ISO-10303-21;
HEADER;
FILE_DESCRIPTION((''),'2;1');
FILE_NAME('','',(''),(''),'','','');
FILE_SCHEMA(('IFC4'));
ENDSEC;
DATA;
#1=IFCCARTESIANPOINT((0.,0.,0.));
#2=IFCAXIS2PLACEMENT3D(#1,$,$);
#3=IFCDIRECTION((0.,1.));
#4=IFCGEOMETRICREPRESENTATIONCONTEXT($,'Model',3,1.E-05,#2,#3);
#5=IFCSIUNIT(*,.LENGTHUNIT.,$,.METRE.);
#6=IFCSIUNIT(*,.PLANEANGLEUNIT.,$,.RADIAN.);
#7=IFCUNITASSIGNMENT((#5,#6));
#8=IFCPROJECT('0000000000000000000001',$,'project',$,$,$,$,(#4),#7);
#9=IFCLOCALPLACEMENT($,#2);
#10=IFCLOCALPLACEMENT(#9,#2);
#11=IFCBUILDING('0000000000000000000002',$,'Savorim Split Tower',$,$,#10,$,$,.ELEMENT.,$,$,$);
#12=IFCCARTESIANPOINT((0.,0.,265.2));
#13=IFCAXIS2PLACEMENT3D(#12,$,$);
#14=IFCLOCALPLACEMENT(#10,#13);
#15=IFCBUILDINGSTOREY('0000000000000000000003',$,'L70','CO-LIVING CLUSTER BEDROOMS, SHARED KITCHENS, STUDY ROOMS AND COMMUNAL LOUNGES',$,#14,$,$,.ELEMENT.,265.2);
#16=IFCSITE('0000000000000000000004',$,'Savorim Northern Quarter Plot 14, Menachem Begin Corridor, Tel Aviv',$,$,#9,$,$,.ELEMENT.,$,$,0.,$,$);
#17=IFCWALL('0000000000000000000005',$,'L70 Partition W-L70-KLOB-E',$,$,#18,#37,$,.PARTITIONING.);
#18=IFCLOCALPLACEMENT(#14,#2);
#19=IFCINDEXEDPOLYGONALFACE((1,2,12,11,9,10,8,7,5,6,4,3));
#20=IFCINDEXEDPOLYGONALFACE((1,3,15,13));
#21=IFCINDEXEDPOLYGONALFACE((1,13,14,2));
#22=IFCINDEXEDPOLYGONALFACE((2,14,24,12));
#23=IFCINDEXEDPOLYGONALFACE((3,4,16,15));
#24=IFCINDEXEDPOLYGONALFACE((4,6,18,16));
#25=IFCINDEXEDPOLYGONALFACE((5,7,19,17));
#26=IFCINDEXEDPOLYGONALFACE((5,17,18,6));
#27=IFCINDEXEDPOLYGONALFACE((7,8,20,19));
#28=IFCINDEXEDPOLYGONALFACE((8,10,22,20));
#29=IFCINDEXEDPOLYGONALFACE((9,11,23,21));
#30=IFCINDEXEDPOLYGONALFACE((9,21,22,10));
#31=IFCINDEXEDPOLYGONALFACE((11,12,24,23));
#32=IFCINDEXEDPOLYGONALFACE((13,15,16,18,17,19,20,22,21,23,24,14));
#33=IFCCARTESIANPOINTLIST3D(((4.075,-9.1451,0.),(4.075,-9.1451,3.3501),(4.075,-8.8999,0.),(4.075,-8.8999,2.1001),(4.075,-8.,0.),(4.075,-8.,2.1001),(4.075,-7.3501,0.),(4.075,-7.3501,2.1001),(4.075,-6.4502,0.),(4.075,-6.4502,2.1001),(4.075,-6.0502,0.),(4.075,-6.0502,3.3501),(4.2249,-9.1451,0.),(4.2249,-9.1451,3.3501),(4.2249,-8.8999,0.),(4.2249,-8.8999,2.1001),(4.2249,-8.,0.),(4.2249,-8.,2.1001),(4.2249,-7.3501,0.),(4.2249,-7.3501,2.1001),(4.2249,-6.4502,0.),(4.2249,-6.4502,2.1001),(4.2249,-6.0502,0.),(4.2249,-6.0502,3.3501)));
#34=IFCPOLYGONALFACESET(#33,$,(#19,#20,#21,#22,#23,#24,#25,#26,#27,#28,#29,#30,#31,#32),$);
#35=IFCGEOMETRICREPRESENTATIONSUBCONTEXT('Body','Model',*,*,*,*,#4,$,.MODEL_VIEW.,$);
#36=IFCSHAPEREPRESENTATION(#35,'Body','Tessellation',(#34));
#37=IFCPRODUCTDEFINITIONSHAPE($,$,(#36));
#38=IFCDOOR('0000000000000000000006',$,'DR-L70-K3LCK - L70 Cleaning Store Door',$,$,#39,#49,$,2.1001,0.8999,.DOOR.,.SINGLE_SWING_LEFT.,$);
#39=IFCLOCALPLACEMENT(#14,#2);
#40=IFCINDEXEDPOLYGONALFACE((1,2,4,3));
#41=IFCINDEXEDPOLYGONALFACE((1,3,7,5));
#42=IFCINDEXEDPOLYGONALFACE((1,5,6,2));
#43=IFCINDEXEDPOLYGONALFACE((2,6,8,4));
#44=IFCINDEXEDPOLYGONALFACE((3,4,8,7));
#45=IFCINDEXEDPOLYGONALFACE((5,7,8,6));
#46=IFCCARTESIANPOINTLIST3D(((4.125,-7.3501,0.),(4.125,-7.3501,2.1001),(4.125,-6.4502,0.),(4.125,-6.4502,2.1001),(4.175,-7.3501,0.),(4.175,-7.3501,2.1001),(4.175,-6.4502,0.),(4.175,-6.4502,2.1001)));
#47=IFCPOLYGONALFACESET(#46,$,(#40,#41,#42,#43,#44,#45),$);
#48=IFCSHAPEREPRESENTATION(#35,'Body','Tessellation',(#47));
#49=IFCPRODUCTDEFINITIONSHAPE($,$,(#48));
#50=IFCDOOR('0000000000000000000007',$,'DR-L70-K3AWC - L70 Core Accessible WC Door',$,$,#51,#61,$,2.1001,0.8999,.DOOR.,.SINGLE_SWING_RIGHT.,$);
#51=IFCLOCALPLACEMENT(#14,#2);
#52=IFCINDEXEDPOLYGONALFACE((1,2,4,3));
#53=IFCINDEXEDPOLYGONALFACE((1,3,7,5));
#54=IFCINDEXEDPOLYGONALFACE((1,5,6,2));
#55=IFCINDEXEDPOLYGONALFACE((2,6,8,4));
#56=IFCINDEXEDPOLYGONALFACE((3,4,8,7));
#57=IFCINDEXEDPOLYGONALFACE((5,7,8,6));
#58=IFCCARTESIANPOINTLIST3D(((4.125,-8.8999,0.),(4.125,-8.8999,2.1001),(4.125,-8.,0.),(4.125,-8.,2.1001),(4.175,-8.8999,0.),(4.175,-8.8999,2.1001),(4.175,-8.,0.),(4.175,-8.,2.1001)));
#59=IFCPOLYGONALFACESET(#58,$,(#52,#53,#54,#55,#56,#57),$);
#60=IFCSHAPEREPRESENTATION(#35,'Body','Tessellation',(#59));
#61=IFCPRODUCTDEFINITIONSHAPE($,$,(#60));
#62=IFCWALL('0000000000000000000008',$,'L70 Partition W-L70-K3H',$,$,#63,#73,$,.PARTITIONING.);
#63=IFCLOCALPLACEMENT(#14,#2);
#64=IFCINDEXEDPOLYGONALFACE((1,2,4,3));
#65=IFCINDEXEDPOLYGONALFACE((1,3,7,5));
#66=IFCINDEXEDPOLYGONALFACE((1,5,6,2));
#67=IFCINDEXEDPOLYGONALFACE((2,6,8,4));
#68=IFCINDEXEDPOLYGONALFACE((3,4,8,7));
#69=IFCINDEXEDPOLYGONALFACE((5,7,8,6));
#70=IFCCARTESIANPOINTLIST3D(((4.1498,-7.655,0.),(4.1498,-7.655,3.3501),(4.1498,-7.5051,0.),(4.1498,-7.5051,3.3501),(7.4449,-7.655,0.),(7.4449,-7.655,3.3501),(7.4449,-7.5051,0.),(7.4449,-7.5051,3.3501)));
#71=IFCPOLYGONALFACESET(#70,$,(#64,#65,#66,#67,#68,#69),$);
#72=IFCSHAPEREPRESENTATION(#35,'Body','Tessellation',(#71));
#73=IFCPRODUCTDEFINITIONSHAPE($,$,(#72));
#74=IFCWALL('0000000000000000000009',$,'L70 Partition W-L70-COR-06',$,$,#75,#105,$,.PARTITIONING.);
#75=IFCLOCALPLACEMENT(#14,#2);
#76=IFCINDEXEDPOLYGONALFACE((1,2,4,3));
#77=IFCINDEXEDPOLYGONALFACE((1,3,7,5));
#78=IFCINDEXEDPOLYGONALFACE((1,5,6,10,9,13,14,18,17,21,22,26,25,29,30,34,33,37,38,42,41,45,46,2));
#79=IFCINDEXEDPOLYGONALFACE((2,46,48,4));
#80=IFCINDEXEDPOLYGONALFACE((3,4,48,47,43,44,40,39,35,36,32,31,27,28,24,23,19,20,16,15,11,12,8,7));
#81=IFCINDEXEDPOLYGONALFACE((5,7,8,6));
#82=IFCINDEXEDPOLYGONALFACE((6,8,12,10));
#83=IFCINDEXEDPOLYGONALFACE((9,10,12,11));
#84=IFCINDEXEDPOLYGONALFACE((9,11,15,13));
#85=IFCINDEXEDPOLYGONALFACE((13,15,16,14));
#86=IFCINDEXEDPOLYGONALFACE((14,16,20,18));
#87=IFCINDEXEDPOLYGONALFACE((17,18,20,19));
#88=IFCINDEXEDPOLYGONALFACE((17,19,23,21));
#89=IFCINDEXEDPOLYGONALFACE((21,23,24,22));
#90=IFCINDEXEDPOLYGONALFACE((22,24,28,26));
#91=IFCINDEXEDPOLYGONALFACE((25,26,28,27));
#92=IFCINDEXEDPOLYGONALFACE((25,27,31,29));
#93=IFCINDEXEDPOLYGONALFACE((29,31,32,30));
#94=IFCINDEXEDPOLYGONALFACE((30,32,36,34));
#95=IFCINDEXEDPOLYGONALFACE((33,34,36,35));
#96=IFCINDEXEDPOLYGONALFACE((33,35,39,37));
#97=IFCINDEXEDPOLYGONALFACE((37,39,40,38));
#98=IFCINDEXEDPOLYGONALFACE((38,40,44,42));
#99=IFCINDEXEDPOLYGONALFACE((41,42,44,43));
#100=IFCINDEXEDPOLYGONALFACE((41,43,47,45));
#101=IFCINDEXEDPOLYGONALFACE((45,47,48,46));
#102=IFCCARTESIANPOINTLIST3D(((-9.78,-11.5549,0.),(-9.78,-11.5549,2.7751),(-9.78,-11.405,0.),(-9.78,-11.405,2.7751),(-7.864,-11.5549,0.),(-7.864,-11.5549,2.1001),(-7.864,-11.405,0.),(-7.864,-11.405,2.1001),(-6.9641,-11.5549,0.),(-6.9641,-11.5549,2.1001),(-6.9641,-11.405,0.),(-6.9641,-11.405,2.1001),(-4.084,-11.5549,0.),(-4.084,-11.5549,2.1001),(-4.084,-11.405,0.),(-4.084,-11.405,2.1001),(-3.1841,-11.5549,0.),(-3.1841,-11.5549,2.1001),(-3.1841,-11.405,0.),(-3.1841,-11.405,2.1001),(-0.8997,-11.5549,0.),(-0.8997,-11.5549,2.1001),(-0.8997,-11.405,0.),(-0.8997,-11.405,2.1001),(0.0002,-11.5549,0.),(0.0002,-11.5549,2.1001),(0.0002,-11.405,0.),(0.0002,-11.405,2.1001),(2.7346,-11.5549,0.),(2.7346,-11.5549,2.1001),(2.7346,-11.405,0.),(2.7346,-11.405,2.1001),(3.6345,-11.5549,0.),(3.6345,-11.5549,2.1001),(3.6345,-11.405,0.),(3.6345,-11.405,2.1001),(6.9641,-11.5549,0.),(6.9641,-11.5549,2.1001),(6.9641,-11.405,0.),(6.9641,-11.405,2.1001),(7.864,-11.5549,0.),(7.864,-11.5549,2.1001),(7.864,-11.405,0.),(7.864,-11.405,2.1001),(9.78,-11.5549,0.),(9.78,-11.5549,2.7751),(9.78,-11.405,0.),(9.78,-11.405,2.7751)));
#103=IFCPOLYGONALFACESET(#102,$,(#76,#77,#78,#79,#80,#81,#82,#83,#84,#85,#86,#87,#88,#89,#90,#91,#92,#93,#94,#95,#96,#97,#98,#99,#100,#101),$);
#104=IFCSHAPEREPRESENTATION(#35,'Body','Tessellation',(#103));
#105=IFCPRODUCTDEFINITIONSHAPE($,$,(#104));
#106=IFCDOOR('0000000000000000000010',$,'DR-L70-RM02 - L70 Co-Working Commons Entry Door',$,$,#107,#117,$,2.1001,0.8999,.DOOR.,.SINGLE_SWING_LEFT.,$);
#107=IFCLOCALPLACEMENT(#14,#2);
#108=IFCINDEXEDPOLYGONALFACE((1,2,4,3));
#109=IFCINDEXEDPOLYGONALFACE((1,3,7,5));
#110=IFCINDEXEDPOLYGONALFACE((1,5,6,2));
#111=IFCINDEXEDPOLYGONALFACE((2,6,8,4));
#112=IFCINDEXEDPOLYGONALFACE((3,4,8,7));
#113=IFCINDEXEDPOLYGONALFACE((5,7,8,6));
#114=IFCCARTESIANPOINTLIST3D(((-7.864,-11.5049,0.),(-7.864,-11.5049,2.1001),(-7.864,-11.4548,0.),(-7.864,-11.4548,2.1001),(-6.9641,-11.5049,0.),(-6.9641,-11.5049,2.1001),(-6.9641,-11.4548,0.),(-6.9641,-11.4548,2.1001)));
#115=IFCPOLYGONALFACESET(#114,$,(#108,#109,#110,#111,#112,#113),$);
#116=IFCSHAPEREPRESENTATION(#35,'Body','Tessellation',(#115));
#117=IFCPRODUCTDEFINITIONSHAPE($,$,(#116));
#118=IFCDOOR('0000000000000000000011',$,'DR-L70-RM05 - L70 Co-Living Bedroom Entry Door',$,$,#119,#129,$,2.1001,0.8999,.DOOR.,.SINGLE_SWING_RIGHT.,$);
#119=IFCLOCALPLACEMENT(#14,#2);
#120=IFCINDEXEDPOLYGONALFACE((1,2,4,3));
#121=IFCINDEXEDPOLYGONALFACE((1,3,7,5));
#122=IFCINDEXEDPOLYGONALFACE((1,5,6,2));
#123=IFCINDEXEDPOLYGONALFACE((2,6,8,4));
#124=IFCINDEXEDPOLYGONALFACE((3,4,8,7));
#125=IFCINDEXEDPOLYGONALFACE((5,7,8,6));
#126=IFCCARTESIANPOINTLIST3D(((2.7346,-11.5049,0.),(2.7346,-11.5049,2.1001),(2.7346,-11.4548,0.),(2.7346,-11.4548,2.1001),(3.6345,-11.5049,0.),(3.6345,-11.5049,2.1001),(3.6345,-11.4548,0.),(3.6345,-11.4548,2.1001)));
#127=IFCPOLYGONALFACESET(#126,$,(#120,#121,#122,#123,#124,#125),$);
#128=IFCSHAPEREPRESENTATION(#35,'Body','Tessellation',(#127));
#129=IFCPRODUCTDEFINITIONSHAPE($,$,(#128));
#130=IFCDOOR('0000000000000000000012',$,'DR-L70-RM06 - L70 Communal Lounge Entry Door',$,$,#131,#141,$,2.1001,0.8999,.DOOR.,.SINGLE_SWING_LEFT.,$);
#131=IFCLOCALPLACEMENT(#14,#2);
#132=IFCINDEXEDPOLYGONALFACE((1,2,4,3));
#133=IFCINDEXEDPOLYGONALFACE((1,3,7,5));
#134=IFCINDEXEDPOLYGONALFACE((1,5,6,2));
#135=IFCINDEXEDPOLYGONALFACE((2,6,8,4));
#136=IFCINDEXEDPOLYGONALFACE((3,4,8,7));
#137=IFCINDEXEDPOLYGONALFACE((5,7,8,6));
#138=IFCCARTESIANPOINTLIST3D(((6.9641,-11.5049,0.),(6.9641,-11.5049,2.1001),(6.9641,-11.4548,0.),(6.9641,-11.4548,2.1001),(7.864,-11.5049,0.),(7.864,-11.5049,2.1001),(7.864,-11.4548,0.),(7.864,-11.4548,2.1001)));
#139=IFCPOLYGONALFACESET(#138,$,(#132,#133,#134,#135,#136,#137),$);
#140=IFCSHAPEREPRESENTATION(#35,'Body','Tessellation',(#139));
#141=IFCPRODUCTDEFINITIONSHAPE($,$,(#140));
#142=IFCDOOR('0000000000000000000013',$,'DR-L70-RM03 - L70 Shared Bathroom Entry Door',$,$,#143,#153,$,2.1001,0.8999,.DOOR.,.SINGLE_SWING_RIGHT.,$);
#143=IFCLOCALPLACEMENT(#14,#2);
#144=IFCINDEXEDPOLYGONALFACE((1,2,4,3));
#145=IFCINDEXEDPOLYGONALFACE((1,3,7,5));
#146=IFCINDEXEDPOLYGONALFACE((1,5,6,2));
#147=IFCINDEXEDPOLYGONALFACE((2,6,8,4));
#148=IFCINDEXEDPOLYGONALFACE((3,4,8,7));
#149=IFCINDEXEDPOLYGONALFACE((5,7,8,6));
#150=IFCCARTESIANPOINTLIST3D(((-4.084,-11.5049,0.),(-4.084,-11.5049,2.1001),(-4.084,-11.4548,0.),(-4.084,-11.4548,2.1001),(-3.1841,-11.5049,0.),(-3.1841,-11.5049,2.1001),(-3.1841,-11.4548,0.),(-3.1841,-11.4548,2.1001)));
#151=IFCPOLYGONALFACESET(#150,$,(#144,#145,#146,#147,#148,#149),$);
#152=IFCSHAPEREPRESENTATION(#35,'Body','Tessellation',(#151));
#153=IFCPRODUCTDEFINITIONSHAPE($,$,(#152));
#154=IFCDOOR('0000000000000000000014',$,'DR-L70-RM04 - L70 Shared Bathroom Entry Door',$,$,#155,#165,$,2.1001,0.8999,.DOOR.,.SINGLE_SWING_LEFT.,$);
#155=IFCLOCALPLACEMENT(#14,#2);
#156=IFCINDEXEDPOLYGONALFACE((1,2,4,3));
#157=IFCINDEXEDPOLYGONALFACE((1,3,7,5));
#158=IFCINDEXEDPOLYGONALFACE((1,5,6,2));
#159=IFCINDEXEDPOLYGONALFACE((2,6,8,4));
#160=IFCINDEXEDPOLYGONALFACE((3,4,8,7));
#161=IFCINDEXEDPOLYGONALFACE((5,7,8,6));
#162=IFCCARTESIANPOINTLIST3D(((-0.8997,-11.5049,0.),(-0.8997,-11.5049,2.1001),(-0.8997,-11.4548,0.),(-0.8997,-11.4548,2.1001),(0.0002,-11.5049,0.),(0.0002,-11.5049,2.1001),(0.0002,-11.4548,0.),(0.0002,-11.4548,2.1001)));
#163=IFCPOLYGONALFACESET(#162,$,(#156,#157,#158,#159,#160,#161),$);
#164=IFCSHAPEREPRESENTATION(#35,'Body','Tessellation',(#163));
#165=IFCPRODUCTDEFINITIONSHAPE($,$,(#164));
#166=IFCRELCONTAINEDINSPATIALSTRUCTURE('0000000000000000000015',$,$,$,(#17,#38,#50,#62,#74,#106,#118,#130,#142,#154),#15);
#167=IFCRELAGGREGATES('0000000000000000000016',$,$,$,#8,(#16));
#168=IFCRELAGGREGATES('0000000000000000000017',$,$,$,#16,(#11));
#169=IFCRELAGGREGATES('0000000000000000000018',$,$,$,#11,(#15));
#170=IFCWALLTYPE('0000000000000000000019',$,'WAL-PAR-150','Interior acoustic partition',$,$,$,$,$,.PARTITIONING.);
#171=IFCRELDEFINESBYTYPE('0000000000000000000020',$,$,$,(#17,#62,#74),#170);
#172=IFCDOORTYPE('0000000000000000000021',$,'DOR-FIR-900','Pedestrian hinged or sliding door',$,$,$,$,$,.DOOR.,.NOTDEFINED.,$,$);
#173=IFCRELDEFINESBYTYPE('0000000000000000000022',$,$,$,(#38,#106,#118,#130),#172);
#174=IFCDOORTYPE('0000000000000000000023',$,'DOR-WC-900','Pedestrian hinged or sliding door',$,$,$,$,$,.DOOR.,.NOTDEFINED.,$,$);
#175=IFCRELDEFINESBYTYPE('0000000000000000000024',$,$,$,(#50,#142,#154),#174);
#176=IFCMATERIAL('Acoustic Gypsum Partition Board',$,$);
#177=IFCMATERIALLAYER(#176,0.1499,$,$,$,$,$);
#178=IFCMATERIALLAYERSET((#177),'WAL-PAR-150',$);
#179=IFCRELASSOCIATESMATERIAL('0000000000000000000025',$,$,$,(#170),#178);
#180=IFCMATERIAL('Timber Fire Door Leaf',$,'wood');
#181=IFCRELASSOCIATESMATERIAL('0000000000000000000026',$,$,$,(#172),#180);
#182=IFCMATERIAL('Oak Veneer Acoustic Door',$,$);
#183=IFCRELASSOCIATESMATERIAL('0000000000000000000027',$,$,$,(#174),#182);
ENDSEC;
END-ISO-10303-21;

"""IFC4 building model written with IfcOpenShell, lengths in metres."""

from ifc_helpers import new_model, si_unit, direction, frame, frame_2d, origin, place, context, subcontext, project, spatial, rectangle, extrude, material, layer, layer_set, type_object, element, fill, save


model = new_model("IFC4")

# Units and contexts
model_context = context("Model", 3, precision=1e-05, world=origin(), true_north=direction((0.0, 1.0)))
body_context = subcontext(model_context, "Body", "Model", "MODEL_VIEW")
ifc_project = project(units=[si_unit("LENGTHUNIT", "METRE"), si_unit("PLANEANGLEUNIT", "RADIAN")], contexts=[model_context])

# Site, building, storey
site_placement = place(None, origin())
site = spatial("IfcSite", under=ifc_project, at=site_placement, Name="Savorim Northern Quarter Plot 14, Menachem Begin Corridor, Tel Aviv", CompositionType="ELEMENT", RefElevation=0.0)
building_placement = place(site_placement, origin())
building = spatial("IfcBuilding", under=site, at=building_placement, Name="Savorim Split Tower", CompositionType="ELEMENT")
storey_placement = place(building_placement, frame((0.0, 0.0, 265.2)))
storey = spatial("IfcBuildingStorey", under=building, at=storey_placement, Name="L70", Description="CO-LIVING CLUSTER BEDROOMS, SHARED KITCHENS, STUDY ROOMS AND COMMUNAL LOUNGES", CompositionType="ELEMENT", Elevation=265.2)

# Shared definitions
ifc_material_1 = material(Name="Timber Fire Door Leaf", Category="wood")

# Wall, openings, doors
ifc_material_2 = material(Name="Acoustic Gypsum Partition Board")
ifc_layer_1 = layer(ifc_material_2, 0.1499)
ifc_layer_set_1 = layer_set([ifc_layer_1], Name="WAL-PAR-150")
wall_type_1 = type_object("IfcWallType", Name="WAL-PAR-150", Description="Interior acoustic partition", PredefinedType="PARTITIONING", material=ifc_layer_set_1)
wall_1_placement = place(storey_placement, frame((4.1499, -9.145, 0.0), z_axis=(0.0, 0.0, 1.0), x_axis=(0.0, 1.0, 0.0)))
wall_1 = element("IfcWall", 1, at=wall_1_placement, inside=storey, type_object=wall_type_1, Name="L70 Partition W-L70-KLOB-E", PredefinedType="PARTITIONING", context=body_context, shape_type="SweptSolid", body=[
    extrude(rectangle(XDim=3.095, YDim=0.1499, at=frame_2d((1.5474, 0.0))), origin(), (0.0, 0.0, 1.0), 3.3501),
])
opening_1_placement = place(wall_1_placement, frame((0.2451, 0.0, 0.0)))
opening_1 = element("IfcOpeningElement", 2, at=opening_1_placement, cuts=wall_1, PredefinedType="OPENING", context=body_context, shape_type="SweptSolid", body=[
    extrude(rectangle(XDim=0.8999, YDim=2.1001, at=frame_2d((0.45, 1.05))), frame((0.0, 0.085, 0.0), z_axis=(0.0, -1.0, 0.0), x_axis=(1.0, 0.0, 0.0)), (0.0, 0.0, 1.0), 0.1699),
])
opening_2_placement = place(wall_1_placement, frame((1.7949, 0.0, 0.0)))
opening_2 = element("IfcOpeningElement", 3, at=opening_2_placement, cuts=wall_1, PredefinedType="OPENING", context=body_context, shape_type="SweptSolid", body=[
    extrude(rectangle(XDim=0.8999, YDim=2.1001, at=frame_2d((0.45, 1.05))), frame((0.0, 0.085, 0.0), z_axis=(0.0, -1.0, 0.0), x_axis=(1.0, 0.0, 0.0)), (0.0, 0.0, 1.0), 0.1699),
])
door_type_1 = type_object("IfcDoorType", Name="DOR-FIR-900", Description="Pedestrian hinged or sliding door", OperationType="NOTDEFINED", PredefinedType="DOOR", material=ifc_material_1)
door_1_placement = place(opening_2_placement, origin())
door_1 = element("IfcDoor", 4, at=door_1_placement, inside=storey, type_object=door_type_1, Name="DR-L70-K3LCK - L70 Cleaning Store Door", OperationType="SINGLE_SWING_LEFT", OverallHeight=2.1001, OverallWidth=0.8999, PredefinedType="DOOR", context=body_context, shape_type="SweptSolid", body=[
    extrude(rectangle(XDim=0.8999, YDim=2.1001, at=frame_2d((0.45, 1.05))), frame((0.0, 0.0249, 0.0), z_axis=(0.0, -1.0, 0.0), x_axis=(1.0, 0.0, 0.0)), (0.0, 0.0, 1.0), 0.05),
])
fill(opening_2, door_1)
ifc_material_3 = material(Name="Oak Veneer Acoustic Door")
door_type_2 = type_object("IfcDoorType", Name="DOR-WC-900", Description="Pedestrian hinged or sliding door", OperationType="NOTDEFINED", PredefinedType="DOOR", material=ifc_material_3)
door_2_placement = place(opening_1_placement, origin())
door_2 = element("IfcDoor", 5, at=door_2_placement, inside=storey, type_object=door_type_2, Name="DR-L70-K3AWC - L70 Core Accessible WC Door", OperationType="SINGLE_SWING_RIGHT", OverallHeight=2.1001, OverallWidth=0.8999, PredefinedType="DOOR", context=body_context, shape_type="SweptSolid", body=[
    extrude(rectangle(XDim=0.8999, YDim=2.1001, at=frame_2d((0.45, 1.05))), frame((0.0, 0.0249, 0.0), z_axis=(0.0, -1.0, 0.0), x_axis=(1.0, 0.0, 0.0)), (0.0, 0.0, 1.0), 0.05),
])
fill(opening_1, door_2)

# Wall
wall_2_placement = place(storey_placement, frame((4.1499, -7.5801, 0.0), z_axis=(0.0, 0.0, 1.0), x_axis=(1.0, 0.0, 0.0)))
element("IfcWall", 6, at=wall_2_placement, inside=storey, type_object=wall_type_1, Name="L70 Partition W-L70-K3H", PredefinedType="PARTITIONING", context=body_context, shape_type="SweptSolid", body=[
    extrude(rectangle(XDim=3.2952, YDim=0.1499, at=frame_2d((1.6475, 0.0))), origin(), (0.0, 0.0, 1.0), 3.3501),
])

# Wall, openings, doors
wall_3_placement = place(storey_placement, frame((9.78, -11.48, 0.0), z_axis=(0.0, 0.0, 1.0), x_axis=(-1.0, 0.0, 0.0)))
wall_3 = element("IfcWall", 7, at=wall_3_placement, inside=storey, type_object=wall_type_1, Name="L70 Partition W-L70-COR-06", PredefinedType="PARTITIONING", context=body_context, shape_type="SweptSolid", body=[
    extrude(rectangle(XDim=19.5601, YDim=0.1499, at=frame_2d((9.78, 0.0))), origin(), (0.0, 0.0, 1.0), 2.7751),
])
opening_3_placement = place(wall_3_placement, frame((16.7441, 0.0, 0.0)))
opening_3 = element("IfcOpeningElement", 8, at=opening_3_placement, cuts=wall_3, PredefinedType="OPENING", context=body_context, shape_type="SweptSolid", body=[
    extrude(rectangle(XDim=0.8999, YDim=2.1001, at=frame_2d((0.45, 1.05))), frame((0.0, 0.085, 0.0), z_axis=(0.0, -1.0, 0.0), x_axis=(1.0, 0.0, 0.0)), (0.0, 0.0, 1.0), 0.1699),
])
opening_4_placement = place(wall_3_placement, frame((12.9641, 0.0, 0.0)))
opening_4 = element("IfcOpeningElement", 9, at=opening_4_placement, cuts=wall_3, PredefinedType="OPENING", context=body_context, shape_type="SweptSolid", body=[
    extrude(rectangle(XDim=0.8999, YDim=2.1001, at=frame_2d((0.45, 1.05))), frame((0.0, 0.085, 0.0), z_axis=(0.0, -1.0, 0.0), x_axis=(1.0, 0.0, 0.0)), (0.0, 0.0, 1.0), 0.1699),
])
opening_5_placement = place(wall_3_placement, frame((9.7798, 0.0, 0.0)))
opening_5 = element("IfcOpeningElement", 10, at=opening_5_placement, cuts=wall_3, PredefinedType="OPENING", context=body_context, shape_type="SweptSolid", body=[
    extrude(rectangle(XDim=0.8999, YDim=2.1001, at=frame_2d((0.45, 1.05))), frame((0.0, 0.085, 0.0), z_axis=(0.0, -1.0, 0.0), x_axis=(1.0, 0.0, 0.0)), (0.0, 0.0, 1.0), 0.1699),
])
opening_6_placement = place(wall_3_placement, frame((6.1455, 0.0, 0.0)))
opening_6 = element("IfcOpeningElement", 11, at=opening_6_placement, cuts=wall_3, PredefinedType="OPENING", context=body_context, shape_type="SweptSolid", body=[
    extrude(rectangle(XDim=0.8999, YDim=2.1001, at=frame_2d((0.45, 1.05))), frame((0.0, 0.085, 0.0), z_axis=(0.0, -1.0, 0.0), x_axis=(1.0, 0.0, 0.0)), (0.0, 0.0, 1.0), 0.1699),
])
opening_7_placement = place(wall_3_placement, frame((1.916, 0.0, 0.0)))
opening_7 = element("IfcOpeningElement", 12, at=opening_7_placement, cuts=wall_3, PredefinedType="OPENING", context=body_context, shape_type="SweptSolid", body=[
    extrude(rectangle(XDim=0.8999, YDim=2.1001, at=frame_2d((0.45, 1.05))), frame((0.0, 0.085, 0.0), z_axis=(0.0, -1.0, 0.0), x_axis=(1.0, 0.0, 0.0)), (0.0, 0.0, 1.0), 0.1699),
])
door_3_placement = place(opening_3_placement, origin())
door_3 = element("IfcDoor", 13, at=door_3_placement, inside=storey, type_object=door_type_1, Name="DR-L70-RM02 - L70 Co-Working Commons Entry Door", OperationType="SINGLE_SWING_LEFT", OverallHeight=2.1001, OverallWidth=0.8999, PredefinedType="DOOR", context=body_context, shape_type="SweptSolid", body=[
    extrude(rectangle(XDim=0.8999, YDim=2.1001, at=frame_2d((0.45, 1.05))), frame((0.0, 0.0249, 0.0), z_axis=(0.0, -1.0, 0.0), x_axis=(1.0, 0.0, 0.0)), (0.0, 0.0, 1.0), 0.05),
])
fill(opening_3, door_3)
door_4_placement = place(opening_6_placement, origin())
door_4 = element("IfcDoor", 14, at=door_4_placement, inside=storey, type_object=door_type_1, Name="DR-L70-RM05 - L70 Co-Living Bedroom Entry Door", OperationType="SINGLE_SWING_RIGHT", OverallHeight=2.1001, OverallWidth=0.8999, PredefinedType="DOOR", context=body_context, shape_type="SweptSolid", body=[
    extrude(rectangle(XDim=0.8999, YDim=2.1001, at=frame_2d((0.45, 1.05))), frame((0.0, 0.0249, 0.0), z_axis=(0.0, -1.0, 0.0), x_axis=(1.0, 0.0, 0.0)), (0.0, 0.0, 1.0), 0.05),
])
fill(opening_6, door_4)
door_5_placement = place(opening_7_placement, origin())
door_5 = element("IfcDoor", 15, at=door_5_placement, inside=storey, type_object=door_type_1, Name="DR-L70-RM06 - L70 Communal Lounge Entry Door", OperationType="SINGLE_SWING_LEFT", OverallHeight=2.1001, OverallWidth=0.8999, PredefinedType="DOOR", context=body_context, shape_type="SweptSolid", body=[
    extrude(rectangle(XDim=0.8999, YDim=2.1001, at=frame_2d((0.45, 1.05))), frame((0.0, 0.0249, 0.0), z_axis=(0.0, -1.0, 0.0), x_axis=(1.0, 0.0, 0.0)), (0.0, 0.0, 1.0), 0.05),
])
fill(opening_7, door_5)
door_6_placement = place(opening_4_placement, origin())
door_6 = element("IfcDoor", 16, at=door_6_placement, inside=storey, type_object=door_type_2, Name="DR-L70-RM03 - L70 Shared Bathroom Entry Door", OperationType="SINGLE_SWING_RIGHT", OverallHeight=2.1001, OverallWidth=0.8999, PredefinedType="DOOR", context=body_context, shape_type="SweptSolid", body=[
    extrude(rectangle(XDim=0.8999, YDim=2.1001, at=frame_2d((0.45, 1.05))), frame((0.0, 0.0249, 0.0), z_axis=(0.0, -1.0, 0.0), x_axis=(1.0, 0.0, 0.0)), (0.0, 0.0, 1.0), 0.05),
])
fill(opening_4, door_6)
door_7_placement = place(opening_5_placement, origin())
door_7 = element("IfcDoor", 17, at=door_7_placement, inside=storey, type_object=door_type_2, Name="DR-L70-RM04 - L70 Shared Bathroom Entry Door", OperationType="SINGLE_SWING_LEFT", OverallHeight=2.1001, OverallWidth=0.8999, PredefinedType="DOOR", context=body_context, shape_type="SweptSolid", body=[
    extrude(rectangle(XDim=0.8999, YDim=2.1001, at=frame_2d((0.45, 1.05))), frame((0.0, 0.0249, 0.0), z_axis=(0.0, -1.0, 0.0), x_axis=(1.0, 0.0, 0.0)), (0.0, 0.0, 1.0), 0.05),
])
fill(opening_5, door_7)

save(model, "model.ifc")
